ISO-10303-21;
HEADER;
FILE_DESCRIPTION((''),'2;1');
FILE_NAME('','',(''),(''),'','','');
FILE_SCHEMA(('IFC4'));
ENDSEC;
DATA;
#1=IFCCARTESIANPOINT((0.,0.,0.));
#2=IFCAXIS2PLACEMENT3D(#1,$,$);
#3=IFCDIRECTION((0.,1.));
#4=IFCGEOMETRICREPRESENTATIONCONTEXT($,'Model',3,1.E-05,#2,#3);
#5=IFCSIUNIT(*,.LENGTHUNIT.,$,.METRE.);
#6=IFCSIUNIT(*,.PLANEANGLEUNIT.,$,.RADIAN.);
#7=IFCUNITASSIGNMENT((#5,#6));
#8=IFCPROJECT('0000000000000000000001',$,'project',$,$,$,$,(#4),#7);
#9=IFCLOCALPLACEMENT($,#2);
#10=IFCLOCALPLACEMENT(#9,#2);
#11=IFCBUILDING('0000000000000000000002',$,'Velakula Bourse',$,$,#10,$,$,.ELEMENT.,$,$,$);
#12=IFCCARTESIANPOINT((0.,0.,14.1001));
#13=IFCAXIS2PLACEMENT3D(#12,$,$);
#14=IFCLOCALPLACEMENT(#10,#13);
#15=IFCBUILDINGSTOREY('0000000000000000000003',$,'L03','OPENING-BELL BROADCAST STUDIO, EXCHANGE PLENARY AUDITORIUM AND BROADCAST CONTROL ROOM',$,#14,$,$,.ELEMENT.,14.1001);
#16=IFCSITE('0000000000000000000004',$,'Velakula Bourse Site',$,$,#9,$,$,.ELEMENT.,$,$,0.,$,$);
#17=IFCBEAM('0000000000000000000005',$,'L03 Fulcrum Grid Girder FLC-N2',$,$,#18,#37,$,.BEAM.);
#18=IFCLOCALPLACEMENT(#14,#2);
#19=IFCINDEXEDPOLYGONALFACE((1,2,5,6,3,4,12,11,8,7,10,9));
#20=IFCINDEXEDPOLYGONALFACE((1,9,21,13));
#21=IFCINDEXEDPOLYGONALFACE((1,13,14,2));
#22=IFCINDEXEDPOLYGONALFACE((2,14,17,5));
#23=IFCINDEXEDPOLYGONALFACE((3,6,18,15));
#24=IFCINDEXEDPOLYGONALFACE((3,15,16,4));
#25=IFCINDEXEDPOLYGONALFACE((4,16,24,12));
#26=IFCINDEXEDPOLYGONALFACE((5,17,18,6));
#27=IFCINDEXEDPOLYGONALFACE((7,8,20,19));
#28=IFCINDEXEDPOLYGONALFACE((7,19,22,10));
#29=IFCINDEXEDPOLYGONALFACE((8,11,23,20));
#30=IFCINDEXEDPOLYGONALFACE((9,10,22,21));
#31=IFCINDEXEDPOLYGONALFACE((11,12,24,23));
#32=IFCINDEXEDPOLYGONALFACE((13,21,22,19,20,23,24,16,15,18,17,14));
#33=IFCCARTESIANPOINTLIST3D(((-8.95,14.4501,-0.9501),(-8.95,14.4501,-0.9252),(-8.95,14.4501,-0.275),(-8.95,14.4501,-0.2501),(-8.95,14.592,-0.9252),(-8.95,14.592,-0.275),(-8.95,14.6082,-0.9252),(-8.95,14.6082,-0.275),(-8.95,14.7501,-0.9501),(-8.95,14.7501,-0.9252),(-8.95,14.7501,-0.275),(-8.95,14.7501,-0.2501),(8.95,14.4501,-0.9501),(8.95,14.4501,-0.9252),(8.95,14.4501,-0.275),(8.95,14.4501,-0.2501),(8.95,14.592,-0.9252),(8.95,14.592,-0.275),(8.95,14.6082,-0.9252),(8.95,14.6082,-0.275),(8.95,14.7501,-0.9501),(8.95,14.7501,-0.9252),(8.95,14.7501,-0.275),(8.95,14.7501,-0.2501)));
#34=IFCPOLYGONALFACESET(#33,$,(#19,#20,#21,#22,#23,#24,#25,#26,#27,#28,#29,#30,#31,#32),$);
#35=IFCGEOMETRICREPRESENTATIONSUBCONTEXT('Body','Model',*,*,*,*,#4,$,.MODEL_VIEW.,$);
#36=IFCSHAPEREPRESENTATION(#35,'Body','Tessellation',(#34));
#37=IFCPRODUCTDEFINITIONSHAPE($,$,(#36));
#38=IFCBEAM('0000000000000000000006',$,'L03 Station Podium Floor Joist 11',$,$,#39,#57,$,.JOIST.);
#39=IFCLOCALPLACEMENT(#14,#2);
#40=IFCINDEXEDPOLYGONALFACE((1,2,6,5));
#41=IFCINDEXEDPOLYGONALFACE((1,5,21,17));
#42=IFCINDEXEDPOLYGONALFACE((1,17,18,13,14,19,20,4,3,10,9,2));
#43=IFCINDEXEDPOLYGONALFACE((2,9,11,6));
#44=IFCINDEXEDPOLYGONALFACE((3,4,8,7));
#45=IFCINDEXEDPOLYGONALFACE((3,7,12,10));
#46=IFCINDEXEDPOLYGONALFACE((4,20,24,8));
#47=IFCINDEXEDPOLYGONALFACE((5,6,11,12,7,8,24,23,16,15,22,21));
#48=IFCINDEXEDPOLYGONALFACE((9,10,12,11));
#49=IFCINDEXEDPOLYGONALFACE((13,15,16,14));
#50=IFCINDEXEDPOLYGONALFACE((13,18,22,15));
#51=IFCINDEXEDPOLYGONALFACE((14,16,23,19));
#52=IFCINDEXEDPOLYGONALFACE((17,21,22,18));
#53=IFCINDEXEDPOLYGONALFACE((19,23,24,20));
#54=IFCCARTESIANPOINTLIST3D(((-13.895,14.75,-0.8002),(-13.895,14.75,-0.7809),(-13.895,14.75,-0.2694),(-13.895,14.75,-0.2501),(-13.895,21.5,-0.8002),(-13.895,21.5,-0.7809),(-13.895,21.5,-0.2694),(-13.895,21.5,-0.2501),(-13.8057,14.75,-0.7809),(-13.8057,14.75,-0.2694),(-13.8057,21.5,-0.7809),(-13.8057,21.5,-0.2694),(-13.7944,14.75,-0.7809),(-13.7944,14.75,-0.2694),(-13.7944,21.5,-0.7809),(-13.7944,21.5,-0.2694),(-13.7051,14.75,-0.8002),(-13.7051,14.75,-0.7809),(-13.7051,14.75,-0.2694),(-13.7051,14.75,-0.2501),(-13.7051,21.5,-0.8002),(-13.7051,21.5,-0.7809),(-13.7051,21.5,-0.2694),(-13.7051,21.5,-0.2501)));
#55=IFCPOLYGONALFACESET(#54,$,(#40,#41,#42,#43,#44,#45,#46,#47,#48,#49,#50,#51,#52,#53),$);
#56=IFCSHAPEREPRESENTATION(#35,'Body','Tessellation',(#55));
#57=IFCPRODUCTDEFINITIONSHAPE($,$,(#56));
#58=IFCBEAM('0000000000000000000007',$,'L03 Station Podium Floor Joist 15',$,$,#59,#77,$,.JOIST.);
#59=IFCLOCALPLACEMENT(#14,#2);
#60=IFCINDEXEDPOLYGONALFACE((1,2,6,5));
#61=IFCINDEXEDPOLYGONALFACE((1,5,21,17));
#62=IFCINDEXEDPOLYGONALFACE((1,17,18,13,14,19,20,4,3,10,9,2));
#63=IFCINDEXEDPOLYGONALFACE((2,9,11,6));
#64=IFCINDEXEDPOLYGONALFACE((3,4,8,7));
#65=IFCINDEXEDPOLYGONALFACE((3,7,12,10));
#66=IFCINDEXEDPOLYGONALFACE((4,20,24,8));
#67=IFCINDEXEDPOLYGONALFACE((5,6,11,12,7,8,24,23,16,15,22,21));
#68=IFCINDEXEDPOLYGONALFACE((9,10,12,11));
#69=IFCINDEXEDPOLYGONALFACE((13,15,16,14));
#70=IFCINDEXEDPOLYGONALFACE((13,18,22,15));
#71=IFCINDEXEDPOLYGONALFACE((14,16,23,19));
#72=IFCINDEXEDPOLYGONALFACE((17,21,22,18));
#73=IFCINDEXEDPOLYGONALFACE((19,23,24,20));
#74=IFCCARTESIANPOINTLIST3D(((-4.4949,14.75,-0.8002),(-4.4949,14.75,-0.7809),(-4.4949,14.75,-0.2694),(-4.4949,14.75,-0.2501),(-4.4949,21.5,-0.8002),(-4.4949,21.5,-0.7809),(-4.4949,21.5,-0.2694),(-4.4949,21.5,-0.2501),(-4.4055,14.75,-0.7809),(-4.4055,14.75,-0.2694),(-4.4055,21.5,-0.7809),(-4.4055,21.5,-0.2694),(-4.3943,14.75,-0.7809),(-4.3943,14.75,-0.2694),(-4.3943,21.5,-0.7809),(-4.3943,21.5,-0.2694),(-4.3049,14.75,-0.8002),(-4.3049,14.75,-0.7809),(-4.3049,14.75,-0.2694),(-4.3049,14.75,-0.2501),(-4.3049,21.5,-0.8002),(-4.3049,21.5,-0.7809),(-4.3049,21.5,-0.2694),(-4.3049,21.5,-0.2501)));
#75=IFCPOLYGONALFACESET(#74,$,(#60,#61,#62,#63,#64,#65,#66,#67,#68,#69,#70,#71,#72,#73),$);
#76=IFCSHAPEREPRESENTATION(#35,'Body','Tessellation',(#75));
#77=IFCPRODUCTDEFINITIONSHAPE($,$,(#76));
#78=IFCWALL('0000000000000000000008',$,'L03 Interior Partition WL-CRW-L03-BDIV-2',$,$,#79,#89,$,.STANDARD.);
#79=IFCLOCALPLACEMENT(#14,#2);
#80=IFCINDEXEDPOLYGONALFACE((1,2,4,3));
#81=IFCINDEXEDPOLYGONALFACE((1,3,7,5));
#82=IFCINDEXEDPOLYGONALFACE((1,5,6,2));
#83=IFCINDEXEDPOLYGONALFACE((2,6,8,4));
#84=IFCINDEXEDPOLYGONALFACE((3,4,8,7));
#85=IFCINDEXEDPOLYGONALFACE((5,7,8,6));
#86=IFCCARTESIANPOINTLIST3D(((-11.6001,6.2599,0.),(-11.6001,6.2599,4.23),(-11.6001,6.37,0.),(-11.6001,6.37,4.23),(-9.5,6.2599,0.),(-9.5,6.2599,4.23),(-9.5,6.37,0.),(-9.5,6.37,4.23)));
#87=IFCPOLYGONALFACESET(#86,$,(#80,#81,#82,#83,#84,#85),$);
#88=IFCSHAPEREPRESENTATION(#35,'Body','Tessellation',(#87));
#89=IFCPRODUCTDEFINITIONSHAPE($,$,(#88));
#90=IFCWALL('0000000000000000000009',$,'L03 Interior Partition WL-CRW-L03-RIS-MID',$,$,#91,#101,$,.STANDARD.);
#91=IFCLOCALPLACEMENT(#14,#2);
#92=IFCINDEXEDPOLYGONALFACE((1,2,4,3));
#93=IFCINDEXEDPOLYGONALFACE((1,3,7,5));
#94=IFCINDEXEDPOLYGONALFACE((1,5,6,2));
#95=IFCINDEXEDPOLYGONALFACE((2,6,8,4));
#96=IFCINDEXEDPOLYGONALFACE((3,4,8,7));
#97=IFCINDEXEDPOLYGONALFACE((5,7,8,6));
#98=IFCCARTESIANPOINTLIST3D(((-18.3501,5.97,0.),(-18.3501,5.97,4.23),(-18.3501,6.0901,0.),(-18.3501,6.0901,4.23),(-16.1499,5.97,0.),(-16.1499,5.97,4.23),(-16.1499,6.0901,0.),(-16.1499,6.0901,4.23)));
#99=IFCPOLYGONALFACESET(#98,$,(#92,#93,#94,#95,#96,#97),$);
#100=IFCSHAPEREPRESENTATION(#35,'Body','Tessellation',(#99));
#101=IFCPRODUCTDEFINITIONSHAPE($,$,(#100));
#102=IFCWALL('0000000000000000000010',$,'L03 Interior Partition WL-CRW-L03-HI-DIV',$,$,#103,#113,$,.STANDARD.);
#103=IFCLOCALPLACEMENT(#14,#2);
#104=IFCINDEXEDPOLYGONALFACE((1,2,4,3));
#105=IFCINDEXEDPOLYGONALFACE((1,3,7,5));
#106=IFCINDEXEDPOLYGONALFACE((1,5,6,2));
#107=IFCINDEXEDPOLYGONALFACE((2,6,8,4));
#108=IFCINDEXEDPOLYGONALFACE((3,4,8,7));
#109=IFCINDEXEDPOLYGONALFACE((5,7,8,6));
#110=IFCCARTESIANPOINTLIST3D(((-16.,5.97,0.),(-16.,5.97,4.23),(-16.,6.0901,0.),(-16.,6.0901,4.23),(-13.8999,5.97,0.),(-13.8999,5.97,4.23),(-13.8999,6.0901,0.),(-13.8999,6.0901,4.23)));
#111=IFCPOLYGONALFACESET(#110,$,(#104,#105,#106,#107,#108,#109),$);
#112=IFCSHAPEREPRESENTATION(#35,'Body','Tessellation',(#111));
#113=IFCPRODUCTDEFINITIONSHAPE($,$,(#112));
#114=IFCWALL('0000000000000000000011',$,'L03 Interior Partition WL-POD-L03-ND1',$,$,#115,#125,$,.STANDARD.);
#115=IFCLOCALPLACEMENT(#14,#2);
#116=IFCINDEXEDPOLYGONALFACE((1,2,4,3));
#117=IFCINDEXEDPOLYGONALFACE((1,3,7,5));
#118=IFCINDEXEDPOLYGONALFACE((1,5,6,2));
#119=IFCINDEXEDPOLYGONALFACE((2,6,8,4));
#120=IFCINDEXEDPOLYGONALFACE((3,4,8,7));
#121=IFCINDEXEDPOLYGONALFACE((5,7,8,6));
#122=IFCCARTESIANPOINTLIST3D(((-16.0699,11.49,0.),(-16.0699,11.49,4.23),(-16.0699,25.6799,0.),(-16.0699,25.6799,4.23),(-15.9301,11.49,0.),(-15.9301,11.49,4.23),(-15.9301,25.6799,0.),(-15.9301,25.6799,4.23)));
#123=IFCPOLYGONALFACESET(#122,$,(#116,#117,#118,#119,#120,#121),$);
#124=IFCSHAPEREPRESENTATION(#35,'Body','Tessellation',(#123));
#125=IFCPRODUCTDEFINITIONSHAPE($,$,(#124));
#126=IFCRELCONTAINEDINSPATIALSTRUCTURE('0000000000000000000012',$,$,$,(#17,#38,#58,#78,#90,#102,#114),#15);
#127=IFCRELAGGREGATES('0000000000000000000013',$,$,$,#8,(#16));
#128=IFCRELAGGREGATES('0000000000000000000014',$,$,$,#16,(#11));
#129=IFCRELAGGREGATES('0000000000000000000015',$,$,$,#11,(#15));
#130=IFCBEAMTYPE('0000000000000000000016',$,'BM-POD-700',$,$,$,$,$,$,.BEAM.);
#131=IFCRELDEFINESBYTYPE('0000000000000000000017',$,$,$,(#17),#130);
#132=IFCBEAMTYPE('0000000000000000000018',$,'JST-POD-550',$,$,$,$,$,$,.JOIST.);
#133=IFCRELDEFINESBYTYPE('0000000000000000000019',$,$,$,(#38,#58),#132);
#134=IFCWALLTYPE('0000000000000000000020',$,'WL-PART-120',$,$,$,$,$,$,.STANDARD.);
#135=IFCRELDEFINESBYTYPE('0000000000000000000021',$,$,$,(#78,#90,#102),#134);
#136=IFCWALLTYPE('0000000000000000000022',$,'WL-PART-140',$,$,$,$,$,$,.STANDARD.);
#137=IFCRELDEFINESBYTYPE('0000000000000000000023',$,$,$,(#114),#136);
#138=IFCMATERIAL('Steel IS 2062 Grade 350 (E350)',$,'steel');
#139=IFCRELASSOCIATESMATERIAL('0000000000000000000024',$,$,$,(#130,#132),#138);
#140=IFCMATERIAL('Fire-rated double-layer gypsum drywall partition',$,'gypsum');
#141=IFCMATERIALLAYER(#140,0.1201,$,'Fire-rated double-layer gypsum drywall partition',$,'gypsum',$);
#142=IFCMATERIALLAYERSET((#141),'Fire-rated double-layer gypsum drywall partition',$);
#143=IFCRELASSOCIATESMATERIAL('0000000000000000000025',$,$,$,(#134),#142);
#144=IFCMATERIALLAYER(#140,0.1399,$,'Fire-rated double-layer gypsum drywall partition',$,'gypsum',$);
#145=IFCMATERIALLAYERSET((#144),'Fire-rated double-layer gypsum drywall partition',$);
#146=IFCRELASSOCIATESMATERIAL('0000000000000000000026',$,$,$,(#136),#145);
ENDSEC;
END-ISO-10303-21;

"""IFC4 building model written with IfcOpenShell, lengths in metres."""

from ifc_helpers import new_model, si_unit, direction, frame, frame_2d, origin, origin_2d, place, context, subcontext, project, spatial, rectangle, i_section, extrude, material, layer, layer_set, material_profile, profile_set, type_object, element, save


model = new_model("IFC4")

# Units and contexts
model_context = context("Model", 3, precision=1e-05, world=origin(), true_north=direction((0.0, 1.0)))
body_context = subcontext(model_context, "Body", "Model", "MODEL_VIEW")
ifc_project = project(units=[si_unit("LENGTHUNIT", "METRE"), si_unit("PLANEANGLEUNIT", "RADIAN")], contexts=[model_context])

# Site, building, storey
site_placement = place(None, origin())
site = spatial("IfcSite", under=ifc_project, at=site_placement, Name="Velakula Bourse Site", CompositionType="ELEMENT", RefElevation=0.0)
building_placement = place(site_placement, origin())
building = spatial("IfcBuilding", under=site, at=building_placement, Name="Velakula Bourse", CompositionType="ELEMENT")
storey_placement = place(building_placement, frame((0.0, 0.0, 14.1001)))
storey = spatial("IfcBuildingStorey", under=building, at=storey_placement, Name="L03", Description="OPENING-BELL BROADCAST STUDIO, EXCHANGE PLENARY AUDITORIUM AND BROADCAST CONTROL ROOM", CompositionType="ELEMENT", Elevation=14.1001)

# Beams
ifc_material_1 = material(Name="Steel IS 2062 Grade 350 (E350)", Category="steel")
ifc_material_profile_1 = material_profile(ifc_material_1, i_section(OverallWidth=0.3, OverallDepth=0.7, WebThickness=0.0161, FlangeThickness=0.0249, at=origin_2d()), Name="Steel IS 2062 Grade 350 (E350)")
ifc_profile_set_1 = profile_set([ifc_material_profile_1], Name="Steel IS 2062 Grade 350 (E350)")
beam_type_1 = type_object("IfcBeamType", Name="BM-POD-700", PredefinedType="BEAM", material=ifc_profile_set_1)
beam_1_placement = place(storey_placement, frame((-8.95, 14.6001, -0.6001), z_axis=(1.0, 0.0, 0.0), x_axis=(0.0, 1.0, 0.0)))
element("IfcBeam", 1, at=beam_1_placement, inside=storey, type_object=beam_type_1, Name="L03 Fulcrum Grid Girder FLC-N2", PredefinedType="BEAM", context=body_context, shape_type="SweptSolid", body=[
    extrude(i_section(OverallWidth=0.3, OverallDepth=0.7, WebThickness=0.0161, FlangeThickness=0.0249, at=origin_2d()), origin(), (0.0, 0.0, 1.0), 17.8999),
])
ifc_material_profile_2 = material_profile(ifc_material_1, i_section(OverallWidth=0.1899, OverallDepth=0.55, WebThickness=0.0112, FlangeThickness=0.0193, at=origin_2d()), Name="Steel IS 2062 Grade 350 (E350)")
ifc_profile_set_2 = profile_set([ifc_material_profile_2], Name="Steel IS 2062 Grade 350 (E350)")
beam_type_2 = type_object("IfcBeamType", Name="JST-POD-550", PredefinedType="JOIST", material=ifc_profile_set_2)
for number, where, z_axis, x_axis, name in (
    (2, (-13.8, 14.75, -0.5251), (0.0, 1.0, 0.0), (-1.0, 0.0, 0.0), "L03 Station Podium Floor Joist 11"),
    (3, (-4.3999, 14.75, -0.5251), (0.0, 1.0, 0.0), (-1.0, 0.0, 0.0), "L03 Station Podium Floor Joist 15"),
):
    element("IfcBeam", number, at=place(storey_placement, frame(where, z_axis=z_axis, x_axis=x_axis)), inside=storey, type_object=beam_type_2, Name=name, PredefinedType="JOIST", context=body_context, shape_type="SweptSolid", body=[
        extrude(i_section(OverallWidth=0.1899, OverallDepth=0.55, WebThickness=0.0112, FlangeThickness=0.0193, at=origin_2d()), origin(), (0.0, 0.0, 1.0), 6.75),
    ])

# Walls
ifc_material_2 = material(Name="Fire-rated double-layer gypsum drywall partition", Category="gypsum")
ifc_layer_1 = layer(ifc_material_2, 0.1201, Name="Fire-rated double-layer gypsum drywall partition", Category="gypsum")
ifc_layer_set_1 = layer_set([ifc_layer_1], Name="Fire-rated double-layer gypsum drywall partition")
wall_type_1 = type_object("IfcWallType", Name="WL-PART-120", PredefinedType="STANDARD", material=ifc_layer_set_1)
wall_1_placement = place(storey_placement, frame((-11.6001, 6.3149, 0.0), z_axis=(0.0, 0.0, 1.0), x_axis=(1.0, 0.0, 0.0)))
element("IfcWall", 4, at=wall_1_placement, inside=storey, type_object=wall_type_1, Name="L03 Interior Partition WL-CRW-L03-BDIV-2", PredefinedType="STANDARD", context=body_context, shape_type="SweptSolid", body=[
    extrude(rectangle(XDim=2.1001, YDim=0.1101, at=frame_2d((1.05, 0.0))), origin(), (0.0, 0.0, 1.0), 4.23),
])
wall_2_placement = place(storey_placement, frame((-18.3501, 6.03, 0.0), z_axis=(0.0, 0.0, 1.0), x_axis=(1.0, 0.0, 0.0)))
element("IfcWall", 5, at=wall_2_placement, inside=storey, type_object=wall_type_1, Name="L03 Interior Partition WL-CRW-L03-RIS-MID", PredefinedType="STANDARD", context=body_context, shape_type="SweptSolid", body=[
    extrude(rectangle(XDim=2.2002, YDim=0.1201, at=frame_2d((1.1001, 0.0))), origin(), (0.0, 0.0, 1.0), 4.23),
])
wall_3_placement = place(storey_placement, frame((-16.0, 6.03, 0.0), z_axis=(0.0, 0.0, 1.0), x_axis=(1.0, 0.0, 0.0)))
element("IfcWall", 6, at=wall_3_placement, inside=storey, type_object=wall_type_1, Name="L03 Interior Partition WL-CRW-L03-HI-DIV", PredefinedType="STANDARD", context=body_context, shape_type="SweptSolid", body=[
    extrude(rectangle(XDim=2.1001, YDim=0.1201, at=frame_2d((1.05, 0.0))), origin(), (0.0, 0.0, 1.0), 4.23),
])
ifc_layer_2 = layer(ifc_material_2, 0.1399, Name="Fire-rated double-layer gypsum drywall partition", Category="gypsum")
ifc_layer_set_2 = layer_set([ifc_layer_2], Name="Fire-rated double-layer gypsum drywall partition")
wall_type_2 = type_object("IfcWallType", Name="WL-PART-140", PredefinedType="STANDARD", material=ifc_layer_set_2)
wall_4_placement = place(storey_placement, frame((-16.0, 11.49, 0.0), z_axis=(0.0, 0.0, 1.0), x_axis=(0.0, 1.0, 0.0)))
element("IfcWall", 7, at=wall_4_placement, inside=storey, type_object=wall_type_2, Name="L03 Interior Partition WL-POD-L03-ND1", PredefinedType="STANDARD", context=body_context, shape_type="SweptSolid", body=[
    extrude(rectangle(XDim=14.1899, YDim=0.1399, at=frame_2d((7.095, 0.0))), origin(), (0.0, 0.0, 1.0), 4.23),
])

save(model, "model.ifc")
